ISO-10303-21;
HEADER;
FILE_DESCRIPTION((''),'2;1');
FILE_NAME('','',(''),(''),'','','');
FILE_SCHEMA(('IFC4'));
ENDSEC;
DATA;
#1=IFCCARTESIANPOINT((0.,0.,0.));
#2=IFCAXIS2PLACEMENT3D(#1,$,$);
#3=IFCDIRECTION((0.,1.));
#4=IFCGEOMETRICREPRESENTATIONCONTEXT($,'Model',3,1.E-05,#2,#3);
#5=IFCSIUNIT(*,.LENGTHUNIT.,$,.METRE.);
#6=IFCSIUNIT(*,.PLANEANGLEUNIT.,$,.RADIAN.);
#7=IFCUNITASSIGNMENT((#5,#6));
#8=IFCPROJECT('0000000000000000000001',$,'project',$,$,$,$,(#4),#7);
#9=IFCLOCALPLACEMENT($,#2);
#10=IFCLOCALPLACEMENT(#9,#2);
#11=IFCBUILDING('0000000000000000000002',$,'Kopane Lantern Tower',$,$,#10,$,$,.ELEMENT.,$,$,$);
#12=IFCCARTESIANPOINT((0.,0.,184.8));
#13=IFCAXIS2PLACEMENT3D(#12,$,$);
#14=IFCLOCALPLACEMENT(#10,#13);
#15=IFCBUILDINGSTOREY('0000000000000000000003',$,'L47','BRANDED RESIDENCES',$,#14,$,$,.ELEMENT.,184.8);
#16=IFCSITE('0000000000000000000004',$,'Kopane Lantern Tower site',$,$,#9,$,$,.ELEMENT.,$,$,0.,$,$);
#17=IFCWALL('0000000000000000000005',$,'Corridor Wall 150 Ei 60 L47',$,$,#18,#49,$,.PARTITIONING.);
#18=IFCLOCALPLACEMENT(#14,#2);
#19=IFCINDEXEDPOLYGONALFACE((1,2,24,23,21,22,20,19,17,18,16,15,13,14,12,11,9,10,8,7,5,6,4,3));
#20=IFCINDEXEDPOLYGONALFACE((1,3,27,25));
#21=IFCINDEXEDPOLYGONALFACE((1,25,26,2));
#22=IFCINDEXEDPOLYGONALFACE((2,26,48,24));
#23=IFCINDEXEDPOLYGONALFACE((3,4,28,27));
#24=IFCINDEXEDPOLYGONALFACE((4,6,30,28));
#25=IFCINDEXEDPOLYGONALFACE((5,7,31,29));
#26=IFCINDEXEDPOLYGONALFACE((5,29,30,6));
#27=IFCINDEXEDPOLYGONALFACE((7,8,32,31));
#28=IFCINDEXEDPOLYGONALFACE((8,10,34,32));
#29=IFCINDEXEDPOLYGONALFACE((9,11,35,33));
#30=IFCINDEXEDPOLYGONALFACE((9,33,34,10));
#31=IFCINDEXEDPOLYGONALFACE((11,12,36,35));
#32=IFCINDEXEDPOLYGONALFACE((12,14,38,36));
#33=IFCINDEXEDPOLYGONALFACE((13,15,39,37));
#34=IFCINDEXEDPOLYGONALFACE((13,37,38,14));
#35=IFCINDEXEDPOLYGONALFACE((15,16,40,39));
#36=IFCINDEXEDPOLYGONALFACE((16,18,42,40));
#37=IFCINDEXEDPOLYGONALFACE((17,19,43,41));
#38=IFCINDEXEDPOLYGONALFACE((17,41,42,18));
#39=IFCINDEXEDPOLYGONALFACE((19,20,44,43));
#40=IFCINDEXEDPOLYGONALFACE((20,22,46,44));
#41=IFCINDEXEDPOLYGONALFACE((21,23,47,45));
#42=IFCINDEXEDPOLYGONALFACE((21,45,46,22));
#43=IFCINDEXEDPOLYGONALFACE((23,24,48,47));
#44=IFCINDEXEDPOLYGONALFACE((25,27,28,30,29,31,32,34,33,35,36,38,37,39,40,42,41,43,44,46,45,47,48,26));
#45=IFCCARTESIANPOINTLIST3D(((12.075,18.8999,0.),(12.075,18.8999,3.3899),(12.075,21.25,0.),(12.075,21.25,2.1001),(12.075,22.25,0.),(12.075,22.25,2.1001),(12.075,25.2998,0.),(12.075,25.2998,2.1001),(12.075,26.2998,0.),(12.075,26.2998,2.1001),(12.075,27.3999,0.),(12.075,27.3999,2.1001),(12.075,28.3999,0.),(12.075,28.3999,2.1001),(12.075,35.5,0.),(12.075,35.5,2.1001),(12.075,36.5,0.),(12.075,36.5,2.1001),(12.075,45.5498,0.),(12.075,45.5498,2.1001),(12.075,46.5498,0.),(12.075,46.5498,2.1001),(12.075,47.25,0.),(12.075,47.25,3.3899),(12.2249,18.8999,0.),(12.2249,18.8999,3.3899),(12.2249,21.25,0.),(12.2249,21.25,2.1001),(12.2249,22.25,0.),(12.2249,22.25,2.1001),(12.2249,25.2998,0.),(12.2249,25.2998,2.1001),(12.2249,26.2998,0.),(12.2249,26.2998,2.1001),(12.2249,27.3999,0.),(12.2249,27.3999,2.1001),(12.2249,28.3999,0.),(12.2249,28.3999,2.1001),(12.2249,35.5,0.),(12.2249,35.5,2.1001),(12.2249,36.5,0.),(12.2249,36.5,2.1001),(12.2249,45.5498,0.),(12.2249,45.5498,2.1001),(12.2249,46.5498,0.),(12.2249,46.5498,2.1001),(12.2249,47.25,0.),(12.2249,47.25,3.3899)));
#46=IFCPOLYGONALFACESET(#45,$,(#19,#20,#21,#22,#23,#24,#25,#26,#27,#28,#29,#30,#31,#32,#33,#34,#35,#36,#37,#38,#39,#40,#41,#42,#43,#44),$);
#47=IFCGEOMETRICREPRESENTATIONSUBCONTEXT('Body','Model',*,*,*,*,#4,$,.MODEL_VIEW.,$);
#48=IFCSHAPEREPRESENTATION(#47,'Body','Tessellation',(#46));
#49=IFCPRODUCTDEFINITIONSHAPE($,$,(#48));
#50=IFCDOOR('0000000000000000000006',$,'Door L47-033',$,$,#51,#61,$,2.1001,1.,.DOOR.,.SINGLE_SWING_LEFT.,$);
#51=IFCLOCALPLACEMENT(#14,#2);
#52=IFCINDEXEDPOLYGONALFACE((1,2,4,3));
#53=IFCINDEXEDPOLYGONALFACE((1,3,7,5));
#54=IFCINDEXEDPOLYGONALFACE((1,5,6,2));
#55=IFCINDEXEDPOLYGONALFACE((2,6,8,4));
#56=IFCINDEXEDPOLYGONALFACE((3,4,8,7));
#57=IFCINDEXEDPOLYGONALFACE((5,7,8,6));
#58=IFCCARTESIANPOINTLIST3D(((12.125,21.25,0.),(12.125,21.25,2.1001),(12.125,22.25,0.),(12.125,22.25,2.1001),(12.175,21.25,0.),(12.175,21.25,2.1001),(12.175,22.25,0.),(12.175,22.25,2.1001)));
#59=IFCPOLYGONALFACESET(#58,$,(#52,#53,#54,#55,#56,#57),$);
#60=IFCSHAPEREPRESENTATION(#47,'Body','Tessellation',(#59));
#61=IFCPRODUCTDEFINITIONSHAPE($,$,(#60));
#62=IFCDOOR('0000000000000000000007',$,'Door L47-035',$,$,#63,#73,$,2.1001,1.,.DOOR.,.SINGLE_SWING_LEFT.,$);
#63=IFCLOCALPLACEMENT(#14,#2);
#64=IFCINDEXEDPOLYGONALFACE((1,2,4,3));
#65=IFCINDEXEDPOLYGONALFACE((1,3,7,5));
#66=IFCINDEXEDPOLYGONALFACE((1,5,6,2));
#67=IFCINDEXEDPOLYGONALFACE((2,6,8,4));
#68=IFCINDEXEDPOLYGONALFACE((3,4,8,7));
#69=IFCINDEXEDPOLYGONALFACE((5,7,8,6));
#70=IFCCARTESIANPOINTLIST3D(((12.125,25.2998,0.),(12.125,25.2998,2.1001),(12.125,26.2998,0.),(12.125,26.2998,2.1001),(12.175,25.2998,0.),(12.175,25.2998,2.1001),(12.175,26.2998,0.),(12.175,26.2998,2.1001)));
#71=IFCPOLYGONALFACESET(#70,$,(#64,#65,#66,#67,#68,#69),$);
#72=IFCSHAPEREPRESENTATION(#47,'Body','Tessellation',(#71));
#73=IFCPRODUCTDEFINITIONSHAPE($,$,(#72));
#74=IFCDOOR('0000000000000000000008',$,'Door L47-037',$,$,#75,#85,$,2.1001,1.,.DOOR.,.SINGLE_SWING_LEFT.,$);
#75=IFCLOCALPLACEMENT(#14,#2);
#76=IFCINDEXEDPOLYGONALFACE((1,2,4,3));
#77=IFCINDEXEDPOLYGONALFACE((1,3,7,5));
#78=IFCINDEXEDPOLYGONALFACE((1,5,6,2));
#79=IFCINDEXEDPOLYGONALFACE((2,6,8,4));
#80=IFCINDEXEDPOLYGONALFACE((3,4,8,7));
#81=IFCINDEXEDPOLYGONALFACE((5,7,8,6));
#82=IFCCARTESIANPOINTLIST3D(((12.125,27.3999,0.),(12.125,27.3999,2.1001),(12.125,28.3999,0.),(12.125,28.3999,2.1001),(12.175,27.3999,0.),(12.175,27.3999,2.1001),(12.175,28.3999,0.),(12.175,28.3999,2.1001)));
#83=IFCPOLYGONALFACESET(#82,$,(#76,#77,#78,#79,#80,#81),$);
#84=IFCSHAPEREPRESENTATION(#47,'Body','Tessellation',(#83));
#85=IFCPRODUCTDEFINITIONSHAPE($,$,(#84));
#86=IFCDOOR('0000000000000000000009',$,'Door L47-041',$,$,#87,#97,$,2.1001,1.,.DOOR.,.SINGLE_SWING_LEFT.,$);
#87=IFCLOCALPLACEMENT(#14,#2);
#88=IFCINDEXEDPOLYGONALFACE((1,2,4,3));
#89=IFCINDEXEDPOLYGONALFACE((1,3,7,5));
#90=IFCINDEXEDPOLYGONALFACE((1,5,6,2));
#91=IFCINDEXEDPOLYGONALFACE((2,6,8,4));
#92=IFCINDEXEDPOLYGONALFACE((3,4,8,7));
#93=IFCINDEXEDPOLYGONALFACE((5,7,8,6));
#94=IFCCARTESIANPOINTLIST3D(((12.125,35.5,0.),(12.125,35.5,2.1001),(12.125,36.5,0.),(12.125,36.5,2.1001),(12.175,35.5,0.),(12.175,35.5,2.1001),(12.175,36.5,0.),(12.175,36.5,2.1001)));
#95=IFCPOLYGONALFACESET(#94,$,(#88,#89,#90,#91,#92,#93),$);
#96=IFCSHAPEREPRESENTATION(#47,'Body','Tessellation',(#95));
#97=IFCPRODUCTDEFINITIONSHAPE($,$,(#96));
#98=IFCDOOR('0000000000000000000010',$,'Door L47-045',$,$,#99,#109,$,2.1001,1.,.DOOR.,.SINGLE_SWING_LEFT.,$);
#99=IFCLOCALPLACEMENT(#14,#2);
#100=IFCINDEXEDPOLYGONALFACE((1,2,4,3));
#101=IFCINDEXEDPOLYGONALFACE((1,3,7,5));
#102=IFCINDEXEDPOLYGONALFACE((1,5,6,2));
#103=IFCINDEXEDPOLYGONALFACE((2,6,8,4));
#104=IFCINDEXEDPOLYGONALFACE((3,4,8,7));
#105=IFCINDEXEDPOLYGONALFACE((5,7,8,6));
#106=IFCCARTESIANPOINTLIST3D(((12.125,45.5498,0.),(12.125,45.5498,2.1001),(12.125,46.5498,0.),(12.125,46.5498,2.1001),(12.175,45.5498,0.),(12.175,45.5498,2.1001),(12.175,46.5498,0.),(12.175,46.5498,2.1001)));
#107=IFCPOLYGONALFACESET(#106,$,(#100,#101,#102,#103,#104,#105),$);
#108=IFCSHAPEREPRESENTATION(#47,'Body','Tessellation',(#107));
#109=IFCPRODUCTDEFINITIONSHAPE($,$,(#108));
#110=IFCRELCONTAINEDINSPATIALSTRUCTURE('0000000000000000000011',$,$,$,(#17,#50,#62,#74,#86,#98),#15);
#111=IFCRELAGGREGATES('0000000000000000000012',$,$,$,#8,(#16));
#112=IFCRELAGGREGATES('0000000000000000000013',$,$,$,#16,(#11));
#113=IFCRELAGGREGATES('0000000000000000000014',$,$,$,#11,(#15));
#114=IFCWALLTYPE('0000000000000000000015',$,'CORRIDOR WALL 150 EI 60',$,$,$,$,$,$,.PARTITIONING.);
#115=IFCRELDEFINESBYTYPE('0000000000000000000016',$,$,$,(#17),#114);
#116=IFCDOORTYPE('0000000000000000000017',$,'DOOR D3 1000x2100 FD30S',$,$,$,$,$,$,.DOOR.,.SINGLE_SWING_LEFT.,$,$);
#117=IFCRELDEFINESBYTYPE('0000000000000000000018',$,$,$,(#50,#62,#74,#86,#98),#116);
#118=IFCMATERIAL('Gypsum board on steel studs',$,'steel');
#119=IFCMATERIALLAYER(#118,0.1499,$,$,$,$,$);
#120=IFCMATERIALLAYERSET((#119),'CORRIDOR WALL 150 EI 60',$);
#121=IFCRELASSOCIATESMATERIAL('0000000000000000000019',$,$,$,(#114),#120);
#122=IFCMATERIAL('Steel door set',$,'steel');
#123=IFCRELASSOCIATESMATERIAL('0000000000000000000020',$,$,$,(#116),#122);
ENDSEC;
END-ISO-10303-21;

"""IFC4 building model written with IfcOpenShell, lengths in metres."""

from ifc_helpers import new_model, si_unit, direction, frame, frame_2d, origin, place, context, subcontext, project, spatial, rectangle, extrude, material, layer, layer_set, type_object, element, fill, save


model = new_model("IFC4")

# Units and contexts
model_context = context("Model", 3, precision=1e-05, world=origin(), true_north=direction((0.0, 1.0)))
body_context = subcontext(model_context, "Body", "Model", "MODEL_VIEW")
ifc_project = project(units=[si_unit("LENGTHUNIT", "METRE"), si_unit("PLANEANGLEUNIT", "RADIAN")], contexts=[model_context])

# Site, building, storey
site_placement = place(None, origin())
site = spatial("IfcSite", under=ifc_project, at=site_placement, Name="Kopane Lantern Tower site", CompositionType="ELEMENT", RefElevation=0.0)
building_placement = place(site_placement, origin())
building = spatial("IfcBuilding", under=site, at=building_placement, Name="Kopane Lantern Tower", CompositionType="ELEMENT")
storey_placement = place(building_placement, frame((0.0, 0.0, 184.8)))
storey = spatial("IfcBuildingStorey", under=building, at=storey_placement, Name="L47", Description="BRANDED RESIDENCES", CompositionType="ELEMENT", Elevation=184.8)

# Wall, openings, doors
ifc_material_1 = material(Name="Gypsum board on steel studs", Category="steel")
ifc_layer_1 = layer(ifc_material_1, 0.1499)
ifc_layer_set_1 = layer_set([ifc_layer_1], Name="CORRIDOR WALL 150 EI 60")
wall_type_1 = type_object("IfcWallType", Name="CORRIDOR WALL 150 EI 60", PredefinedType="PARTITIONING", material=ifc_layer_set_1)
ifc_material_2 = material(Name="Steel door set", Category="steel")
door_type_1 = type_object("IfcDoorType", Name="DOOR D3 1000x2100 FD30S", OperationType="SINGLE_SWING_LEFT", PredefinedType="DOOR", material=ifc_material_2)
wall_1_placement = place(storey_placement, frame((12.1499, 18.8999, 0.0), z_axis=(0.0, 0.0, 1.0), x_axis=(0.0, 1.0, 0.0)))
wall_1 = element("IfcWall", 1, at=wall_1_placement, inside=storey, type_object=wall_type_1, Name="Corridor Wall 150 Ei 60 L47", PredefinedType="PARTITIONING", context=body_context, shape_type="SweptSolid", body=[
    extrude(rectangle(XDim=28.3501, YDim=0.1499, at=frame_2d((14.175, 0.0))), origin(), (0.0, 0.0, 1.0), 3.3899),
])
opening_1_placement = place(wall_1_placement, frame((2.3501, 0.0, 0.0)))
opening_1 = element("IfcOpeningElement", 2, at=opening_1_placement, cuts=wall_1, PredefinedType="OPENING", context=body_context, shape_type="SweptSolid", body=[
    extrude(rectangle(XDim=1.0, YDim=2.1001, at=frame_2d((0.5, 1.05))), frame((0.0, 0.085, 0.0), z_axis=(0.0, -1.0, 0.0), x_axis=(1.0, 0.0, 0.0)), (0.0, 0.0, 1.0), 0.1699),
])
opening_2_placement = place(wall_1_placement, frame((6.3999, 0.0, 0.0)))
opening_2 = element("IfcOpeningElement", 3, at=opening_2_placement, cuts=wall_1, PredefinedType="OPENING", context=body_context, shape_type="SweptSolid", body=[
    extrude(rectangle(XDim=1.0, YDim=2.1001, at=frame_2d((0.5, 1.05))), frame((0.0, 0.085, 0.0), z_axis=(0.0, -1.0, 0.0), x_axis=(1.0, 0.0, 0.0)), (0.0, 0.0, 1.0), 0.1699),
])
opening_3_placement = place(wall_1_placement, frame((8.5, 0.0, 0.0)))
opening_3 = element("IfcOpeningElement", 4, at=opening_3_placement, cuts=wall_1, PredefinedType="OPENING", context=body_context, shape_type="SweptSolid", body=[
    extrude(rectangle(XDim=1.0, YDim=2.1001, at=frame_2d((0.5, 1.05))), frame((0.0, 0.085, 0.0), z_axis=(0.0, -1.0, 0.0), x_axis=(1.0, 0.0, 0.0)), (0.0, 0.0, 1.0), 0.1699),
])
opening_4_placement = place(wall_1_placement, frame((16.6001, 0.0, 0.0)))
opening_4 = element("IfcOpeningElement", 5, at=opening_4_placement, cuts=wall_1, PredefinedType="OPENING", context=body_context, shape_type="SweptSolid", body=[
    extrude(rectangle(XDim=1.0, YDim=2.1001, at=frame_2d((0.5, 1.05))), frame((0.0, 0.085, 0.0), z_axis=(0.0, -1.0, 0.0), x_axis=(1.0, 0.0, 0.0)), (0.0, 0.0, 1.0), 0.1699),
])
opening_5_placement = place(wall_1_placement, frame((26.6499, 0.0, 0.0)))
opening_5 = element("IfcOpeningElement", 6, at=opening_5_placement, cuts=wall_1, PredefinedType="OPENING", context=body_context, shape_type="SweptSolid", body=[
    extrude(rectangle(XDim=1.0, YDim=2.1001, at=frame_2d((0.5, 1.05))), frame((0.0, 0.085, 0.0), z_axis=(0.0, -1.0, 0.0), x_axis=(1.0, 0.0, 0.0)), (0.0, 0.0, 1.0), 0.1699),
])
door_1_placement = place(opening_1_placement, origin())
door_1 = element("IfcDoor", 7, at=door_1_placement, inside=storey, type_object=door_type_1, Name="Door L47-033", OperationType="SINGLE_SWING_LEFT", OverallHeight=2.1001, OverallWidth=1.0, PredefinedType="DOOR", context=body_context, shape_type="SweptSolid", body=[
    extrude(rectangle(XDim=1.0, YDim=2.1001, at=frame_2d((0.5, 1.05))), frame((0.0, 0.0249, 0.0), z_axis=(0.0, -1.0, 0.0), x_axis=(1.0, 0.0, 0.0)), (0.0, 0.0, 1.0), 0.05),
])
fill(opening_1, door_1)
door_2_placement = place(opening_2_placement, origin())
door_2 = element("IfcDoor", 8, at=door_2_placement, inside=storey, type_object=door_type_1, Name="Door L47-035", OperationType="SINGLE_SWING_LEFT", OverallHeight=2.1001, OverallWidth=1.0, PredefinedType="DOOR", context=body_context, shape_type="SweptSolid", body=[
    extrude(rectangle(XDim=1.0, YDim=2.1001, at=frame_2d((0.5, 1.05))), frame((0.0, 0.0249, 0.0), z_axis=(0.0, -1.0, 0.0), x_axis=(1.0, 0.0, 0.0)), (0.0, 0.0, 1.0), 0.05),
])
fill(opening_2, door_2)
door_3_placement = place(opening_3_placement, origin())
door_3 = element("IfcDoor", 9, at=door_3_placement, inside=storey, type_object=door_type_1, Name="Door L47-037", OperationType="SINGLE_SWING_LEFT", OverallHeight=2.1001, OverallWidth=1.0, PredefinedType="DOOR", context=body_context, shape_type="SweptSolid", body=[
    extrude(rectangle(XDim=1.0, YDim=2.1001, at=frame_2d((0.5, 1.05))), frame((0.0, 0.0249, 0.0), z_axis=(0.0, -1.0, 0.0), x_axis=(1.0, 0.0, 0.0)), (0.0, 0.0, 1.0), 0.05),
])
fill(opening_3, door_3)
door_4_placement = place(opening_4_placement, origin())
door_4 = element("IfcDoor", 10, at=door_4_placement, inside=storey, type_object=door_type_1, Name="Door L47-041", OperationType="SINGLE_SWING_LEFT", OverallHeight=2.1001, OverallWidth=1.0, PredefinedType="DOOR", context=body_context, shape_type="SweptSolid", body=[
    extrude(rectangle(XDim=1.0, YDim=2.1001, at=frame_2d((0.5, 1.05))), frame((0.0, 0.0249, 0.0), z_axis=(0.0, -1.0, 0.0), x_axis=(1.0, 0.0, 0.0)), (0.0, 0.0, 1.0), 0.05),
])
fill(opening_4, door_4)
door_5_placement = place(opening_5_placement, origin())
door_5 = element("IfcDoor", 11, at=door_5_placement, inside=storey, type_object=door_type_1, Name="Door L47-045", OperationType="SINGLE_SWING_LEFT", OverallHeight=2.1001, OverallWidth=1.0, PredefinedType="DOOR", context=body_context, shape_type="SweptSolid", body=[
    extrude(rectangle(XDim=1.0, YDim=2.1001, at=frame_2d((0.5, 1.05))), frame((0.0, 0.0249, 0.0), z_axis=(0.0, -1.0, 0.0), x_axis=(1.0, 0.0, 0.0)), (0.0, 0.0, 1.0), 0.05),
])
fill(opening_5, door_5)

save(model, "model.ifc")
